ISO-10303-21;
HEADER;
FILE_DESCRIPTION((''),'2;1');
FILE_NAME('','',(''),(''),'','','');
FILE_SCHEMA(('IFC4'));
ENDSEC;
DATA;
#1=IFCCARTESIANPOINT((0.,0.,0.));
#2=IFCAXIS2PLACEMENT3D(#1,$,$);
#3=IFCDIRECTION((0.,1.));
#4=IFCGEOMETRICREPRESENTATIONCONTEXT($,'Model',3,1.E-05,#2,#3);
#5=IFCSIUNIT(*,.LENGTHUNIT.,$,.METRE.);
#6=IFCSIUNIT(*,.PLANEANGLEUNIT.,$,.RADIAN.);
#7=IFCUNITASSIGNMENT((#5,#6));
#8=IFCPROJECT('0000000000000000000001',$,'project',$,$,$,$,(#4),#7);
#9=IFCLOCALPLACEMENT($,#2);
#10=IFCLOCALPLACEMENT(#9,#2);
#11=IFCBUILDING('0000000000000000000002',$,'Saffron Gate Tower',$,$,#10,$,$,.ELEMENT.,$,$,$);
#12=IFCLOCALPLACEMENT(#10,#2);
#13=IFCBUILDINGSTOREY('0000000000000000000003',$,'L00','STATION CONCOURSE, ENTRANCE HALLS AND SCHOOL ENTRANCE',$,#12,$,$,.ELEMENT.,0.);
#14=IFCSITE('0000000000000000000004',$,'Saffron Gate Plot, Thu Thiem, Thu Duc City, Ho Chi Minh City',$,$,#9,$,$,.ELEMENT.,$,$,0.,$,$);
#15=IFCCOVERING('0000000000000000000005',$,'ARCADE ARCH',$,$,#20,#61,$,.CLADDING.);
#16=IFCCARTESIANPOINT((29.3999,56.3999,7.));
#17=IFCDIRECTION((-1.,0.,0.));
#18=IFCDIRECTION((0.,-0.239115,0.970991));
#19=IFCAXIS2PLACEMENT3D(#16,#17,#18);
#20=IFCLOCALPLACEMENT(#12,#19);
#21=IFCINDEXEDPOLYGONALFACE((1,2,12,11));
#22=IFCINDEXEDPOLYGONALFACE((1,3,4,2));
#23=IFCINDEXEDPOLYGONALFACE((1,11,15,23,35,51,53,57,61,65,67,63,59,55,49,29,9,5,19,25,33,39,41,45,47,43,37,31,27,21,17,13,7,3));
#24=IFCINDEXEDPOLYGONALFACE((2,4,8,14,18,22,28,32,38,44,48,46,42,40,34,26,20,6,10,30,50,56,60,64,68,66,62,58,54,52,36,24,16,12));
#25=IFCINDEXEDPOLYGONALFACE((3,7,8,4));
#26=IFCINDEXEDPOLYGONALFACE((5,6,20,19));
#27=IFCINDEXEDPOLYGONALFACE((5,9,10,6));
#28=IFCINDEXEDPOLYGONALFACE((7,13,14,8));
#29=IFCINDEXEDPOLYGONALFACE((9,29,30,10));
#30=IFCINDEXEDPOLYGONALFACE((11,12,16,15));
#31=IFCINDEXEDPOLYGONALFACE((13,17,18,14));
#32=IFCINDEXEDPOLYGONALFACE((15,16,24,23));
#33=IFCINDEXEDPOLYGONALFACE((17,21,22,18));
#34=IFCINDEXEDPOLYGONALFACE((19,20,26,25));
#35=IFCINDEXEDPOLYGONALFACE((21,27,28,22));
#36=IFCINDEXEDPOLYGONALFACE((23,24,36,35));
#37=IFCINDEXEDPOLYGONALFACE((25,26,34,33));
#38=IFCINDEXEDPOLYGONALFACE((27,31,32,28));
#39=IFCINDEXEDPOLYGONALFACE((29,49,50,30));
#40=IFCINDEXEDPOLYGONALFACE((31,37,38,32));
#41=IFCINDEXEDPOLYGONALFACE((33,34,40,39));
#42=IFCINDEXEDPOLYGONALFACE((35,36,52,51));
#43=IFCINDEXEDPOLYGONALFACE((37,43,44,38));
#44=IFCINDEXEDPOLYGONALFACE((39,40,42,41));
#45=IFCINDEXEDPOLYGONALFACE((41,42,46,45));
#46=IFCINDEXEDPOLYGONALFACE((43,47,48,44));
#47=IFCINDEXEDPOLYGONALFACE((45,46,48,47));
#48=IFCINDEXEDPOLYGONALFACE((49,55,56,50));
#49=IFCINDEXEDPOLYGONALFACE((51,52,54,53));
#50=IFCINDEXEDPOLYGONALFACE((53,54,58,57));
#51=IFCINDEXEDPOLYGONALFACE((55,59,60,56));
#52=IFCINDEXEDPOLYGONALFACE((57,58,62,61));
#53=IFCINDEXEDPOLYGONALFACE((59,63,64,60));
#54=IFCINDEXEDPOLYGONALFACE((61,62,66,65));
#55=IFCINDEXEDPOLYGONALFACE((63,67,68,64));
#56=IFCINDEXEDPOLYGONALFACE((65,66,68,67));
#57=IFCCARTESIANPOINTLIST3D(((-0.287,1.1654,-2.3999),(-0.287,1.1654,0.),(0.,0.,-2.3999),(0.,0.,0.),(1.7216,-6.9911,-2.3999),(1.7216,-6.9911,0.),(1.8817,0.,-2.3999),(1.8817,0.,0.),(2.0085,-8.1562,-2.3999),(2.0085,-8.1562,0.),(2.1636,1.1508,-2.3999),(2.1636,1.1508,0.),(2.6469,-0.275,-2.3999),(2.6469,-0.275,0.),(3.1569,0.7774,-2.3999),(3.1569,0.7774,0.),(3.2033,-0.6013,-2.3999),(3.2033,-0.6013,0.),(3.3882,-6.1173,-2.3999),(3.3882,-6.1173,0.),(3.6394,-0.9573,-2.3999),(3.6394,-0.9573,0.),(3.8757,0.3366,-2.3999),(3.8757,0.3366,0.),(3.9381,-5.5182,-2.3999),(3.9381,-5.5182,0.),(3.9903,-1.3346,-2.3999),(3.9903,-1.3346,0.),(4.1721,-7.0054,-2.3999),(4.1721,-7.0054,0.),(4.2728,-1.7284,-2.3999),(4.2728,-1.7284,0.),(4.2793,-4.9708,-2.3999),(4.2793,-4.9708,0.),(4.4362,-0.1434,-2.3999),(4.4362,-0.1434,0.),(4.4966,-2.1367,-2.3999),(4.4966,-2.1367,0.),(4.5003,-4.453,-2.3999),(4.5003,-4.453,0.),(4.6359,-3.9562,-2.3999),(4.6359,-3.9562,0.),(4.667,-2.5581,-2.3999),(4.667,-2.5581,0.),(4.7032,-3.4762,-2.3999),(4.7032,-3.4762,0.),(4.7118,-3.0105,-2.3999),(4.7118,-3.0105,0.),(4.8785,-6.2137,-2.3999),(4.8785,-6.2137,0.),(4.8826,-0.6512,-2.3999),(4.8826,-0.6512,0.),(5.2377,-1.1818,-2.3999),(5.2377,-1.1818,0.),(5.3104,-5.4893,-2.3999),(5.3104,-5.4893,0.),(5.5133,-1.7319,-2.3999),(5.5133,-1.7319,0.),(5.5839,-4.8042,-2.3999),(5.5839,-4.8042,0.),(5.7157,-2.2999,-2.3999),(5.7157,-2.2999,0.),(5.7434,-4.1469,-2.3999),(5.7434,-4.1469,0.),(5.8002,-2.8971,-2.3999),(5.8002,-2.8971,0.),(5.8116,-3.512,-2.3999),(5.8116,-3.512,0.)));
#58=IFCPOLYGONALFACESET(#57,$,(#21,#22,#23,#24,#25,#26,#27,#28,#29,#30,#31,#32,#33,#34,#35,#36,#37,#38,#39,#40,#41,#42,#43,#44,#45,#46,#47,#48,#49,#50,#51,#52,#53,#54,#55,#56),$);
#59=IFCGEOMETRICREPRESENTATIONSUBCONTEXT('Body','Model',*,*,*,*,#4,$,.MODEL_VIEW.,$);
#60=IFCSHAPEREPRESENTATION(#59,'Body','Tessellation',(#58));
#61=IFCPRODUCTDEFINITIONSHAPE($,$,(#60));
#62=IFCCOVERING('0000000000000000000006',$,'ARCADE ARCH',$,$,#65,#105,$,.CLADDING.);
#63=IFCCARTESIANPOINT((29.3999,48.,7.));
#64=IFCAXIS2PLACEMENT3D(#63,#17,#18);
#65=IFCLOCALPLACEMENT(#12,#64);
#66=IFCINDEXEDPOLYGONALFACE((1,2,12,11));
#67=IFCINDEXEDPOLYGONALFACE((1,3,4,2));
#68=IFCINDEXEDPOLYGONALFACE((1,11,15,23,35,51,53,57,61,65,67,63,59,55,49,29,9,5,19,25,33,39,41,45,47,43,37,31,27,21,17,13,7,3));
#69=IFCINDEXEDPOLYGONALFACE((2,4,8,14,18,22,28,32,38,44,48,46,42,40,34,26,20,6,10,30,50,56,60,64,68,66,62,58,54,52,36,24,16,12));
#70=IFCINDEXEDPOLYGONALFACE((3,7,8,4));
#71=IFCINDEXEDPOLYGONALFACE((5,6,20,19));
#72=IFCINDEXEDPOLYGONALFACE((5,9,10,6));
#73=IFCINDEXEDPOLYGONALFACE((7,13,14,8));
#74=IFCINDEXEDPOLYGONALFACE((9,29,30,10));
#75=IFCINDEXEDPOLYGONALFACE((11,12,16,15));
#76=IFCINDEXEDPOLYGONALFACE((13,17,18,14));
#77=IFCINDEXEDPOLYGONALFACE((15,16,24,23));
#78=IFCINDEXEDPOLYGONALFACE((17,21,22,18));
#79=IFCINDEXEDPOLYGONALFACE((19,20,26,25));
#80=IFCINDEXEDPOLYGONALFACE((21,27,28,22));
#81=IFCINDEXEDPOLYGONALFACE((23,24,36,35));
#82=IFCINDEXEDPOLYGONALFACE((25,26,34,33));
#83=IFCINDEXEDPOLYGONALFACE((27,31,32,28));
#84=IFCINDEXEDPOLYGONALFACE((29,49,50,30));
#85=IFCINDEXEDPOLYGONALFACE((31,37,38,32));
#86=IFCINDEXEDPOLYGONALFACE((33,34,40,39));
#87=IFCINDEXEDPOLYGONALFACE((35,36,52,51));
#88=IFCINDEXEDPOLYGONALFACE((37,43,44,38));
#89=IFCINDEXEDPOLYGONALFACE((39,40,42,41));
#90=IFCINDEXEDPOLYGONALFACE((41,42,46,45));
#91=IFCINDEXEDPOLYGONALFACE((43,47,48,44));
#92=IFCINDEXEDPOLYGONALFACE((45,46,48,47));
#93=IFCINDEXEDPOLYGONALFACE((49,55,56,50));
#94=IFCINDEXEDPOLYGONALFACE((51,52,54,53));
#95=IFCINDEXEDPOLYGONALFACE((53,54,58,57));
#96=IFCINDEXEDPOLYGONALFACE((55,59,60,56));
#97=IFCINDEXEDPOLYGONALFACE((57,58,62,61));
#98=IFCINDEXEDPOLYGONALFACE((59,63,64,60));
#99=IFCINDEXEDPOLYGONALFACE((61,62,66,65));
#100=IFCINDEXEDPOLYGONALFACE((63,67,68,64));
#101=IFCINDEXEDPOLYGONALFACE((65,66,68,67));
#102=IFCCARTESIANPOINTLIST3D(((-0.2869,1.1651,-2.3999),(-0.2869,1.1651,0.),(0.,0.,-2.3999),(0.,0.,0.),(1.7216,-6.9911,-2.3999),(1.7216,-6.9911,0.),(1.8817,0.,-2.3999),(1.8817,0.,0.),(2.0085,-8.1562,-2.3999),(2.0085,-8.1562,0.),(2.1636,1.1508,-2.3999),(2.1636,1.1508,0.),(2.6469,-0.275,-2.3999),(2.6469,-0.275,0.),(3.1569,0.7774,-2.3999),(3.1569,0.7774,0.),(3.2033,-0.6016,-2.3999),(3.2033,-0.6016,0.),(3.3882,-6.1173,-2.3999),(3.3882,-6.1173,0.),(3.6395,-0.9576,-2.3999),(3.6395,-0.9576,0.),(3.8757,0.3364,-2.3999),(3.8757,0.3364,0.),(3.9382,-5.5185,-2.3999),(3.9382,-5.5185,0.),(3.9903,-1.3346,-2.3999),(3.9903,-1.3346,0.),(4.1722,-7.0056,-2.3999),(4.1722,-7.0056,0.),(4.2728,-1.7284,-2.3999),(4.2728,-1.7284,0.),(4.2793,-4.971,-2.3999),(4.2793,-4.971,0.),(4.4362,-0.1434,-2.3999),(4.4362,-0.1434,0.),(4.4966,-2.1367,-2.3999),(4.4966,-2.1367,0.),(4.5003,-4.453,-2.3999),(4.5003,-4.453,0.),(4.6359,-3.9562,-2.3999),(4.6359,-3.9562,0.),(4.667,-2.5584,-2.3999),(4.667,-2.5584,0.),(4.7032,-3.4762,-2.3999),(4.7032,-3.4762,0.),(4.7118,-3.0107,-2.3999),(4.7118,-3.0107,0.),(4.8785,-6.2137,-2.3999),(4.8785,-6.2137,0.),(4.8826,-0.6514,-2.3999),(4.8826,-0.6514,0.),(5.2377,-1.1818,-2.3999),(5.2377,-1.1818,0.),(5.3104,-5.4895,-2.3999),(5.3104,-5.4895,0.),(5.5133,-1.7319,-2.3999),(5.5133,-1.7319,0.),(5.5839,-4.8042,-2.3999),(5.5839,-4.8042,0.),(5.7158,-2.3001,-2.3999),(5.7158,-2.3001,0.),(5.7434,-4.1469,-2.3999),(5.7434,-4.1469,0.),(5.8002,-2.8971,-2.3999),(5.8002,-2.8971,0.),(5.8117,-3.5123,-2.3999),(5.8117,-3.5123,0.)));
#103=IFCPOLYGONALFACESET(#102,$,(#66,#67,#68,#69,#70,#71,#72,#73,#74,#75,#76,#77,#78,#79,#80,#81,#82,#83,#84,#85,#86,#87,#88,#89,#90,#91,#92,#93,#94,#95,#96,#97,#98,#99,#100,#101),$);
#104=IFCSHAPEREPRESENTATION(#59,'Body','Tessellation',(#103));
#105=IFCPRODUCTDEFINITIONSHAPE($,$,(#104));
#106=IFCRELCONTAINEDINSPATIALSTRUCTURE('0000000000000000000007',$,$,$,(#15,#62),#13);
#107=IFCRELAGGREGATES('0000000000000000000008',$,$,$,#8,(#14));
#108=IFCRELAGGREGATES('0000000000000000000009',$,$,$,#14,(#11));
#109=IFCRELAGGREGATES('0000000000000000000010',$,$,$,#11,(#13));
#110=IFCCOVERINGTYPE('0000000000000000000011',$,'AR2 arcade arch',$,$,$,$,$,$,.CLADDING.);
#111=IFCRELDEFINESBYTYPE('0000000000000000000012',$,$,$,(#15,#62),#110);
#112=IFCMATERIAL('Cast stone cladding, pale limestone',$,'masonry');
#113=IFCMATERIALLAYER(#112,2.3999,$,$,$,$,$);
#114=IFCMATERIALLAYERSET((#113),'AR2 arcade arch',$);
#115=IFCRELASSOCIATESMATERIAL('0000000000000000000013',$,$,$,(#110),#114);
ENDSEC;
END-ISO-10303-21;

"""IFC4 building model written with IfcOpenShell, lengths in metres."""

from ifc_helpers import new_model, si_unit, direction, frame, origin, place, context, subcontext, project, spatial, polyline, outline, extrude, material, layer, layer_set, type_object, element, save


model = new_model("IFC4")

# Units and contexts
model_context = context("Model", 3, precision=1e-05, world=origin(), true_north=direction((0.0, 1.0)))
body_context = subcontext(model_context, "Body", "Model", "MODEL_VIEW")
ifc_project = project(units=[si_unit("LENGTHUNIT", "METRE"), si_unit("PLANEANGLEUNIT", "RADIAN")], contexts=[model_context])

# Site, building, storey
site_placement = place(None, origin())
site = spatial("IfcSite", under=ifc_project, at=site_placement, Name="Saffron Gate Plot, Thu Thiem, Thu Duc City, Ho Chi Minh City", CompositionType="ELEMENT", RefElevation=0.0)
building_placement = place(site_placement, origin())
building = spatial("IfcBuilding", under=site, at=building_placement, Name="Saffron Gate Tower", CompositionType="ELEMENT")
storey_placement = place(building_placement, origin())
storey = spatial("IfcBuildingStorey", under=building, at=storey_placement, Name="L00", Description="STATION CONCOURSE, ENTRANCE HALLS AND SCHOOL ENTRANCE", CompositionType="ELEMENT", Elevation=0.0)

# Coverings
ifc_material_1 = material(Name="Cast stone cladding, pale limestone", Category="masonry")
ifc_layer_1 = layer(ifc_material_1, 2.3999)
ifc_layer_set_1 = layer_set([ifc_layer_1], Name="AR2 arcade arch")
covering_type = type_object("IfcCoveringType", Name="AR2 arcade arch", PredefinedType="CLADDING", material=ifc_layer_set_1)
covering_1_placement = place(storey_placement, frame((29.3999, 56.3999, 7.0), z_axis=(-1.0, 0.0, 0.0), x_axis=(0.0, -0.239115, 0.970991)))
element("IfcCovering", 1, at=covering_1_placement, inside=storey, type_object=covering_type, Name="ARCADE ARCH", PredefinedType="CLADDING", context=body_context, shape_type="SweptSolid", body=[
    extrude(outline(polyline([(0.0, 0.0), (1.8817, 0.0), (2.6469, -0.275), (3.2033, -0.6013), (3.6394, -0.9573), (3.9903, -1.3346), (4.2728, -1.7284), (4.4966, -2.1367), (4.667, -2.5581), (4.7118, -3.0105), (4.7032, -3.4762), (4.6359, -3.9562), (4.5003, -4.453), (4.2793, -4.9708), (3.9381, -5.5182), (3.3882, -6.1173), (1.7216, -6.9911), (2.0085, -8.1562), (4.1721, -7.0054), (4.8785, -6.2137), (5.3104, -5.4893), (5.5839, -4.8042), (5.7434, -4.1469), (5.8116, -3.512), (5.8002, -2.8971), (5.7157, -2.2999), (5.5133, -1.7319), (5.2377, -1.1818), (4.8826, -0.6512), (4.4362, -0.1434), (3.8757, 0.3366), (3.1569, 0.7774), (2.1636, 1.1508), (-0.287, 1.1654), (0.0, 0.0)])), origin(), (0.0, 0.0, -1.0), 2.3999),
])
covering_2_placement = place(storey_placement, frame((29.3999, 48.0, 7.0), z_axis=(-1.0, 0.0, 0.0), x_axis=(0.0, -0.239115, 0.970991)))
element("IfcCovering", 2, at=covering_2_placement, inside=storey, type_object=covering_type, Name="ARCADE ARCH", PredefinedType="CLADDING", context=body_context, shape_type="SweptSolid", body=[
    extrude(outline(polyline([(0.0, 0.0), (1.8817, 0.0), (2.6469, -0.275), (3.2033, -0.6016), (3.6395, -0.9576), (3.9903, -1.3346), (4.2728, -1.7284), (4.4966, -2.1367), (4.667, -2.5584), (4.7118, -3.0107), (4.7032, -3.4762), (4.6359, -3.9562), (4.5003, -4.453), (4.2793, -4.971), (3.9382, -5.5185), (3.3882, -6.1173), (1.7216, -6.9911), (2.0085, -8.1562), (4.1722, -7.0056), (4.8785, -6.2137), (5.3104, -5.4895), (5.5839, -4.8042), (5.7434, -4.1469), (5.8117, -3.5123), (5.8002, -2.8971), (5.7158, -2.3001), (5.5133, -1.7319), (5.2377, -1.1818), (4.8826, -0.6514), (4.4362, -0.1434), (3.8757, 0.3364), (3.1569, 0.7774), (2.1636, 1.1508), (-0.2869, 1.1651), (0.0, 0.0)])), origin(), (0.0, 0.0, -1.0), 2.3999),
])

save(model, "model.ifc")
